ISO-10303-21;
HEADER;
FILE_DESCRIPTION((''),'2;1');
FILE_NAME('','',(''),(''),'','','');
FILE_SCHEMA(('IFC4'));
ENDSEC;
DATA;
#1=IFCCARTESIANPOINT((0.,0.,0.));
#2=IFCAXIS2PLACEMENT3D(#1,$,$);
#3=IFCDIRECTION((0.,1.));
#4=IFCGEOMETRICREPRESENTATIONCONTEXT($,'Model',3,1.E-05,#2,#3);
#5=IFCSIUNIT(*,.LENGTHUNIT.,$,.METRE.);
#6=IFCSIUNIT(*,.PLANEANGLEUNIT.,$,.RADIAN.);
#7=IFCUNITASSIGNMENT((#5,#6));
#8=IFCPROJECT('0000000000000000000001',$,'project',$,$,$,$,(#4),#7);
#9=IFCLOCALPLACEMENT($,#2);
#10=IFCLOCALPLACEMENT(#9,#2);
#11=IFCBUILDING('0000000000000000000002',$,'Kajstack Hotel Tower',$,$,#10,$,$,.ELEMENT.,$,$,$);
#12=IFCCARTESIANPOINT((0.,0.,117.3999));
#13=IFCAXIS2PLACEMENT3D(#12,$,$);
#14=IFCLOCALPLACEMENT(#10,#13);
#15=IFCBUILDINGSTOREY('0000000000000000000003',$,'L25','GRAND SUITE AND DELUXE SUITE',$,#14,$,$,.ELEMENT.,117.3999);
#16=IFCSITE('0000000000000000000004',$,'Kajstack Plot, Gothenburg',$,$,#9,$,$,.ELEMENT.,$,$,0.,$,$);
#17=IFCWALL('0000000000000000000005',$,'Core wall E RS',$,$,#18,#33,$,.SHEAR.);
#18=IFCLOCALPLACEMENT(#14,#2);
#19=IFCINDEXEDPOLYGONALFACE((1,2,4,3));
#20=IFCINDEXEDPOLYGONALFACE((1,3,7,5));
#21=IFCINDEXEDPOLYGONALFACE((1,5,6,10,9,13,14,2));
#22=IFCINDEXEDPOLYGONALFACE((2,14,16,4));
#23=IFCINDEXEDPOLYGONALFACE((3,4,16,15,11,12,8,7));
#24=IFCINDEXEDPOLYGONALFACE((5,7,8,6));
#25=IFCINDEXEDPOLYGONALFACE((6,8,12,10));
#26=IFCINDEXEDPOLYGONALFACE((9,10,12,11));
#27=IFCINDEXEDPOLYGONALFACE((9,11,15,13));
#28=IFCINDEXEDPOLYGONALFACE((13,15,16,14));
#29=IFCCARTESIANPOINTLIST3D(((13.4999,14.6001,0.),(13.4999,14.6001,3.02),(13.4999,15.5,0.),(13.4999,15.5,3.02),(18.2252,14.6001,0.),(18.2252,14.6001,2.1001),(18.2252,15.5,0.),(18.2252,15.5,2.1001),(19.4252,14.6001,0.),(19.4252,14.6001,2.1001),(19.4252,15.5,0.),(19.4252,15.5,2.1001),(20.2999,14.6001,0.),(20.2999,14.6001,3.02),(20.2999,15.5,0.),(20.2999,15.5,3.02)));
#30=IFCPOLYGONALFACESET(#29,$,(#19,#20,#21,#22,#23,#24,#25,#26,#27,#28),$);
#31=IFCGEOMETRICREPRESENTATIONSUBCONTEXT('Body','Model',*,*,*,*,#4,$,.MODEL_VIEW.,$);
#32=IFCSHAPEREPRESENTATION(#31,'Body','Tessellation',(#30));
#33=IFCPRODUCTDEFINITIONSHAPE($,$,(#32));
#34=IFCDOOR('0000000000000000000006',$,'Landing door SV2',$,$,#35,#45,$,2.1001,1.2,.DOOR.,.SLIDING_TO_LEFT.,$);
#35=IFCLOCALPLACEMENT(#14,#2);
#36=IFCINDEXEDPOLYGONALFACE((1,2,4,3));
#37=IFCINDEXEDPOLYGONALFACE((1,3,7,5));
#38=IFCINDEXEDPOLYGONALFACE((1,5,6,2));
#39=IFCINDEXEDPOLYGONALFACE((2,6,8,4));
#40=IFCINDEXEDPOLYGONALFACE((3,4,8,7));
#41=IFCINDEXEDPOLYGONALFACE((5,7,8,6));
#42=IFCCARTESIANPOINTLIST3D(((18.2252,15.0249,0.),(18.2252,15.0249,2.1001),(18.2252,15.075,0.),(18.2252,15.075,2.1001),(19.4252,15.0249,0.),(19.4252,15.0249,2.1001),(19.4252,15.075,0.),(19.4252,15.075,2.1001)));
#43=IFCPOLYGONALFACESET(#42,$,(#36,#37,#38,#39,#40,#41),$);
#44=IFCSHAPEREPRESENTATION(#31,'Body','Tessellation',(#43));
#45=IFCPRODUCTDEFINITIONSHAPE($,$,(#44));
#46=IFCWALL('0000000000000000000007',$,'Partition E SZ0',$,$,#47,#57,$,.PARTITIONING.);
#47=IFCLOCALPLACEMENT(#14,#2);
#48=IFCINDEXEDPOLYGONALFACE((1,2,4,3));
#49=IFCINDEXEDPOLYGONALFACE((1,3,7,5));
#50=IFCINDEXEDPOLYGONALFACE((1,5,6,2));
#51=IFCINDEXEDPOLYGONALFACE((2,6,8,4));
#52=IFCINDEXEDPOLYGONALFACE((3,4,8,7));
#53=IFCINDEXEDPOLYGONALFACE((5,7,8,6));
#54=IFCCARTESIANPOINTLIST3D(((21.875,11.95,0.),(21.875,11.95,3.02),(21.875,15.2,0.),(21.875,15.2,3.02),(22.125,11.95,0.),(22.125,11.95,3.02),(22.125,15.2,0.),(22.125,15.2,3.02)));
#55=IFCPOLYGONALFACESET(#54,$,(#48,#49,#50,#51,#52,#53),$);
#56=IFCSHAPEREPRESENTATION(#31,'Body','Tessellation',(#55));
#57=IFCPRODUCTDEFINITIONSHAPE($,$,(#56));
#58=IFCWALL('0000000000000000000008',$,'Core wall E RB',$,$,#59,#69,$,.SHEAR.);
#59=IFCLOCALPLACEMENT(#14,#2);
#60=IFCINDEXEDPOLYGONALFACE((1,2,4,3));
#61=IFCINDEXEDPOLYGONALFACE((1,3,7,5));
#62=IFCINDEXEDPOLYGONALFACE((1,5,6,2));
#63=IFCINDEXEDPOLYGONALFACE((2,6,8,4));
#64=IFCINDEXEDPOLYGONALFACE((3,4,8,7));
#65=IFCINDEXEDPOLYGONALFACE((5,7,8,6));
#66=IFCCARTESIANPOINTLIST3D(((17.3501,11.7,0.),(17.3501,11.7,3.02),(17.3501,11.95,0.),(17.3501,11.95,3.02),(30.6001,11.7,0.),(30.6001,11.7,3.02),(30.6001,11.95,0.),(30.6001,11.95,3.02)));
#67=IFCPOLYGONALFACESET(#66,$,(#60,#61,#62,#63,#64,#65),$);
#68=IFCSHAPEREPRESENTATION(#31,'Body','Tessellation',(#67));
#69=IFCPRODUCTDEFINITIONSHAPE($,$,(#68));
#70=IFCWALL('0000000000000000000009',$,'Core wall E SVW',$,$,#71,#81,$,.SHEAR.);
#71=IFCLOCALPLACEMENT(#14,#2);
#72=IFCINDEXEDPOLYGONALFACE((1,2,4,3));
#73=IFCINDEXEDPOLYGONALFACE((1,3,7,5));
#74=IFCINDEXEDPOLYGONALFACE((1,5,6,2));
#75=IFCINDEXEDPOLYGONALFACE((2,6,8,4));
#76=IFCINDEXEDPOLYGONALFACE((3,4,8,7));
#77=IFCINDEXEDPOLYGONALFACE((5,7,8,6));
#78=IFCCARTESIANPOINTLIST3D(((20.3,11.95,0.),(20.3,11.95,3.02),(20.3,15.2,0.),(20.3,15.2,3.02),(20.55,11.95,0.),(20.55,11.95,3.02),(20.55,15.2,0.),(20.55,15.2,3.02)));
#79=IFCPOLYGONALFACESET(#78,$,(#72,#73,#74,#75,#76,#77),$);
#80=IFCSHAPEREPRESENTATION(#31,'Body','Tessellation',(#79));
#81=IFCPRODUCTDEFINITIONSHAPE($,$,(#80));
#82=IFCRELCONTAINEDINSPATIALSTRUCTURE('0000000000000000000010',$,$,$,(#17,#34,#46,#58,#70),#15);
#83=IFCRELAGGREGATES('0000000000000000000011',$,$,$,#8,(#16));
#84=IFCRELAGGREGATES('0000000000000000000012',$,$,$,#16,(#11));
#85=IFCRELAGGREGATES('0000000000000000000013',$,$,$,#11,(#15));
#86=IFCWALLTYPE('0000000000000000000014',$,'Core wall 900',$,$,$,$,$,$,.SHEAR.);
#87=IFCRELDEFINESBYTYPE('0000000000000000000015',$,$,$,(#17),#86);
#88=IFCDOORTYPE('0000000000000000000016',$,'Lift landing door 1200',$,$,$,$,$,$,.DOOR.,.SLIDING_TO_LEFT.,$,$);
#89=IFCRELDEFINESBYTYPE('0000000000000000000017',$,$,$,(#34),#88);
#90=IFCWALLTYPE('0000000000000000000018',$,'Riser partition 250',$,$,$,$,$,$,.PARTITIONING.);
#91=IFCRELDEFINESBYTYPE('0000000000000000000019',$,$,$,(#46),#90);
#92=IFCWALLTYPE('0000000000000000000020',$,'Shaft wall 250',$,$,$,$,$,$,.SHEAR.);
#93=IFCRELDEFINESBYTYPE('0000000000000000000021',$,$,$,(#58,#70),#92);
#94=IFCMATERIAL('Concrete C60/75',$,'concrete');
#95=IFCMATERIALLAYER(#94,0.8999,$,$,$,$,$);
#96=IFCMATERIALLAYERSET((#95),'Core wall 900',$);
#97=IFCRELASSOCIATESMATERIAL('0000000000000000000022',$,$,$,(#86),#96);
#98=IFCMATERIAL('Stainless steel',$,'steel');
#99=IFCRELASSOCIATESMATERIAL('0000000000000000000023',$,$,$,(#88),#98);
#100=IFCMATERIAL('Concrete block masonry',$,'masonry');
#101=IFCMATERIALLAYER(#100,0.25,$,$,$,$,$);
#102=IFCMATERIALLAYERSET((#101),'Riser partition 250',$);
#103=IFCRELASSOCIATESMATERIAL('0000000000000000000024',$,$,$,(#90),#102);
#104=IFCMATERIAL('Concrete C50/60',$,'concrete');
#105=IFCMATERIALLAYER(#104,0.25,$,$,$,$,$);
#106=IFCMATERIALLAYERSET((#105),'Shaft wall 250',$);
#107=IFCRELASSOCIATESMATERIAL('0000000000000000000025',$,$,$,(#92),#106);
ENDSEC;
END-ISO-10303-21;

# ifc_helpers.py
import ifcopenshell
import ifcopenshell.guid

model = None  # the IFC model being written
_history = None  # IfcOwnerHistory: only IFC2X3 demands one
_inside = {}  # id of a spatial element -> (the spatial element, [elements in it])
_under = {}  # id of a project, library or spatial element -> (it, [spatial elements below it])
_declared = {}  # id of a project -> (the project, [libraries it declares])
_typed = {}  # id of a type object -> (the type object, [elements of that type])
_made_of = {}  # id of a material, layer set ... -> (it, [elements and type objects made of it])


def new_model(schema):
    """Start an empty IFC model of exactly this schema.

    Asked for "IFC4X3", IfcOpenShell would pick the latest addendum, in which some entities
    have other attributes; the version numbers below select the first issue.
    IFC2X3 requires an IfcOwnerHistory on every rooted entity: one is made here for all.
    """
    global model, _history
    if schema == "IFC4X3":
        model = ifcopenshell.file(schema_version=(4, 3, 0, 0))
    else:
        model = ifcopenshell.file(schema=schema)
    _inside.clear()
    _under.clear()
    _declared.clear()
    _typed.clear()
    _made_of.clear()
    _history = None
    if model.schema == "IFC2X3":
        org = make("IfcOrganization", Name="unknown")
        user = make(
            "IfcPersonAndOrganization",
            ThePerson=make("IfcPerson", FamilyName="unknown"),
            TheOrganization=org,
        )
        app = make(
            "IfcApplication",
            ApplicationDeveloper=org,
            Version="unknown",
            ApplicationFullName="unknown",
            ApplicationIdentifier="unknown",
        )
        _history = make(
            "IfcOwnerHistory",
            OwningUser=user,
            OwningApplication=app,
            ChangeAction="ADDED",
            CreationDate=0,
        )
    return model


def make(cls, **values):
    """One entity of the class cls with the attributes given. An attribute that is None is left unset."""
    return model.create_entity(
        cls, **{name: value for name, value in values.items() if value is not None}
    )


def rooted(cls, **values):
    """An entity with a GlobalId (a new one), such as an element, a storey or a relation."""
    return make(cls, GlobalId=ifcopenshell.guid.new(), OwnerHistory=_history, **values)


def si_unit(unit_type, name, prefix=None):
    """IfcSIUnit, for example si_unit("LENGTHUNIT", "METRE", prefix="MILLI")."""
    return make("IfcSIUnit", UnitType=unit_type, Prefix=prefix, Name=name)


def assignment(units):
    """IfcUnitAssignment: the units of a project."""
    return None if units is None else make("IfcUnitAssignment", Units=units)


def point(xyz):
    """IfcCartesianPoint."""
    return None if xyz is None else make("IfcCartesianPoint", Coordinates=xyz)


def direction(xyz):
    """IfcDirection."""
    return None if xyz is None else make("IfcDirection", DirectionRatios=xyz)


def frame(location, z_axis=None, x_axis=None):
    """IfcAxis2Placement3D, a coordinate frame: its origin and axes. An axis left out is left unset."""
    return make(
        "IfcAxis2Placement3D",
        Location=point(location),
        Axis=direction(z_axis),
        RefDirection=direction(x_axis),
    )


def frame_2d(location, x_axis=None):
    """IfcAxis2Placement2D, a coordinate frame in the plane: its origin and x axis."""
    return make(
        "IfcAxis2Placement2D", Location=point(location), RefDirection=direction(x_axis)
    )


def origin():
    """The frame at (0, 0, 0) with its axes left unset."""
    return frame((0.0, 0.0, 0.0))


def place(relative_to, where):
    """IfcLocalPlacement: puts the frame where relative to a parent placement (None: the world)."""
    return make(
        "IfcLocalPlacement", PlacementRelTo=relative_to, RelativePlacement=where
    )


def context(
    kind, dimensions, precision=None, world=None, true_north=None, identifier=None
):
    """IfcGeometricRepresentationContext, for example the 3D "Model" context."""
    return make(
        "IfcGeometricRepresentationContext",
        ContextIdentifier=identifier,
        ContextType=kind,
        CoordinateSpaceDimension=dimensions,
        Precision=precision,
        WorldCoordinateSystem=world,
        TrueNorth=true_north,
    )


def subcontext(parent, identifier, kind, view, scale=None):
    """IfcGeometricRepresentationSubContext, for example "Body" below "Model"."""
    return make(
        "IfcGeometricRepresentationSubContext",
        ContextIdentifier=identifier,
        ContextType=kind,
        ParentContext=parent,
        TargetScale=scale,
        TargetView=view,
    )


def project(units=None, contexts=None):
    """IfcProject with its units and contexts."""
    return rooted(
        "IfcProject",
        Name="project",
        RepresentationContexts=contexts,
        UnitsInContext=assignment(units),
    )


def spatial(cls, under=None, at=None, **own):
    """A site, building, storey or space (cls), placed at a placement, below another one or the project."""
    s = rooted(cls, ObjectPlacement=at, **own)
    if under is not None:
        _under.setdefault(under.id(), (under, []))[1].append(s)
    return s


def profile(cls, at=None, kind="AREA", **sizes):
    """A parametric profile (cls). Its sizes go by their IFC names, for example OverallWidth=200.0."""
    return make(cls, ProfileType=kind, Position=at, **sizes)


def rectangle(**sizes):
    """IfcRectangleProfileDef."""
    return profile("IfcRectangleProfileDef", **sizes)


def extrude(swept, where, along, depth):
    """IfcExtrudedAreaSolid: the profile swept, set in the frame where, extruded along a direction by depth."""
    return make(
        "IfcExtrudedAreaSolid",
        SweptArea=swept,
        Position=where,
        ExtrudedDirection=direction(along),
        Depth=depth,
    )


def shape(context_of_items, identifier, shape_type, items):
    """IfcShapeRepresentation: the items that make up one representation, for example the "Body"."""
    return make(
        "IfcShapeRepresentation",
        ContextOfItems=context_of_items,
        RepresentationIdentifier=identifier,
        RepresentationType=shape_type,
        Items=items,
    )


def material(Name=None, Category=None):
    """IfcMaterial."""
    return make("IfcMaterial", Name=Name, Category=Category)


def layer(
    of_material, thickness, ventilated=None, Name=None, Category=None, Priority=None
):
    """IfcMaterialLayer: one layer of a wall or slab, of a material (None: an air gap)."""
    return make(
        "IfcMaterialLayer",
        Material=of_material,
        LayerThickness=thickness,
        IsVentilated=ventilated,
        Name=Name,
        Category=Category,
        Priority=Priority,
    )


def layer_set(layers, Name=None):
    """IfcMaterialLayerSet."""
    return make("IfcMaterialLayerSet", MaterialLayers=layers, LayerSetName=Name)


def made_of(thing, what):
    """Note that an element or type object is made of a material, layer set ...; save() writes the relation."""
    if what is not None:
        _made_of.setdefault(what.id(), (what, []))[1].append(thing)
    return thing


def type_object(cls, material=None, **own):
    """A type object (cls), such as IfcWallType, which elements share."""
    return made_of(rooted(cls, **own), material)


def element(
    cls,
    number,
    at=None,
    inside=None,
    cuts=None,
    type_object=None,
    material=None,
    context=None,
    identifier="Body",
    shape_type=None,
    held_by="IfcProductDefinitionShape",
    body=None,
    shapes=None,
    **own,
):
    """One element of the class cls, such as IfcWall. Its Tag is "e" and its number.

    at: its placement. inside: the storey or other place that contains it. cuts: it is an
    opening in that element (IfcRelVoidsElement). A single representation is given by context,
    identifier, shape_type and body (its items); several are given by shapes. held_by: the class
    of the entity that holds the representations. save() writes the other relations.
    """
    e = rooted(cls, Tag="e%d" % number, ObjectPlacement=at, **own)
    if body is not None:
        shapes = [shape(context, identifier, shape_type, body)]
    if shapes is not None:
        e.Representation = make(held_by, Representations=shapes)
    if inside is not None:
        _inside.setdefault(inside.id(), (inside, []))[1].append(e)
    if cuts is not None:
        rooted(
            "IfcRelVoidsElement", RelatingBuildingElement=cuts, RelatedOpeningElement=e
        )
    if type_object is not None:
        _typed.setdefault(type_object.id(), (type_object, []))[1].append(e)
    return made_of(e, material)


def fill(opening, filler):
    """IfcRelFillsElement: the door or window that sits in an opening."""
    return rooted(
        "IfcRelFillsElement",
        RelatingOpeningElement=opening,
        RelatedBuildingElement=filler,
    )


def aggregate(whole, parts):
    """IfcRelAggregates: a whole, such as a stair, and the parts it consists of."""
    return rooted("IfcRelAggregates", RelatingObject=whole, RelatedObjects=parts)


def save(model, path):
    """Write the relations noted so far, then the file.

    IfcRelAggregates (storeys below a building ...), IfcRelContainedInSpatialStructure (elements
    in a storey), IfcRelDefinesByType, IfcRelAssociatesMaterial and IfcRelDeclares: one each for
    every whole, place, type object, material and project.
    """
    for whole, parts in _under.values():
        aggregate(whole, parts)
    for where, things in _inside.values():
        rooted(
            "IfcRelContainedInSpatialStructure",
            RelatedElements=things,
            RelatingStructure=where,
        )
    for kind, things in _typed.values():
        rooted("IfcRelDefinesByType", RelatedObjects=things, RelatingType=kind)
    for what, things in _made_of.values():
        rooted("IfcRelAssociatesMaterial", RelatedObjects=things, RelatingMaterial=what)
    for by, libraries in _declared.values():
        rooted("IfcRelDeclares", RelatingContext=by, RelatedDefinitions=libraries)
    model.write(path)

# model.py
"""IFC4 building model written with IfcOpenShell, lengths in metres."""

from ifc_helpers import new_model, si_unit, direction, frame, frame_2d, origin, place, context, subcontext, project, spatial, rectangle, extrude, material, layer, layer_set, type_object, element, fill, save


model = new_model("IFC4")

# Units and contexts
model_context = context("Model", 3, precision=1e-05, world=origin(), true_north=direction((0.0, 1.0)))
body_context = subcontext(model_context, "Body", "Model", "MODEL_VIEW")
ifc_project = project(units=[si_unit("LENGTHUNIT", "METRE"), si_unit("PLANEANGLEUNIT", "RADIAN")], contexts=[model_context])

# Site, building, storey
site_placement = place(None, origin())
site = spatial("IfcSite", under=ifc_project, at=site_placement, Name="Kajstack Plot, Gothenburg", CompositionType="ELEMENT", RefElevation=0.0)
building_placement = place(site_placement, origin())
building = spatial("IfcBuilding", under=site, at=building_placement, Name="Kajstack Hotel Tower", CompositionType="ELEMENT")
storey_placement = place(building_placement, frame((0.0, 0.0, 117.3999)))
storey = spatial("IfcBuildingStorey", under=building, at=storey_placement, Name="L25", Description="GRAND SUITE AND DELUXE SUITE", CompositionType="ELEMENT", Elevation=117.3999)

# Wall, opening, door
ifc_material_1 = material(Name="Concrete C60/75", Category="concrete")
ifc_layer_1 = layer(ifc_material_1, 0.8999)
ifc_layer_set_1 = layer_set([ifc_layer_1], Name="Core wall 900")
wall_type_1 = type_object("IfcWallType", Name="Core wall 900", PredefinedType="SHEAR", material=ifc_layer_set_1)
wall_1_placement = place(storey_placement, frame((13.5, 15.05, 0.0), z_axis=(0.0, 0.0, 1.0), x_axis=(1.0, 0.0, 0.0)))
wall_1 = element("IfcWall", 1, at=wall_1_placement, inside=storey, type_object=wall_type_1, Name="Core wall E RS", PredefinedType="SHEAR", context=body_context, shape_type="SweptSolid", body=[
    extrude(rectangle(XDim=6.8, YDim=0.8999, at=frame_2d((3.3999, 0.0))), origin(), (0.0, 0.0, 1.0), 3.02),
])
opening_placement = place(wall_1_placement, frame((4.7251, 0.0, 0.0)))
opening = element("IfcOpeningElement", 2, at=opening_placement, cuts=wall_1, PredefinedType="OPENING", context=body_context, shape_type="SweptSolid", body=[
    extrude(rectangle(XDim=1.2, YDim=2.1001, at=frame_2d((0.6001, 1.05))), frame((0.0, 0.46, 0.0), z_axis=(0.0, -1.0, 0.0), x_axis=(1.0, 0.0, 0.0)), (0.0, 0.0, 1.0), 0.9199),
])
ifc_material_2 = material(Name="Stainless steel", Category="steel")
door_type = type_object("IfcDoorType", Name="Lift landing door 1200", OperationType="SLIDING_TO_LEFT", PredefinedType="DOOR", material=ifc_material_2)
door_placement = place(opening_placement, origin())
door = element("IfcDoor", 3, at=door_placement, inside=storey, type_object=door_type, Name="Landing door SV2", OperationType="SLIDING_TO_LEFT", OverallHeight=2.1001, OverallWidth=1.2, PredefinedType="DOOR", context=body_context, shape_type="SweptSolid", body=[
    extrude(rectangle(XDim=1.2, YDim=2.1001, at=frame_2d((0.6001, 1.05))), frame((0.0, 0.0249, 0.0), z_axis=(0.0, -1.0, 0.0), x_axis=(1.0, 0.0, 0.0)), (0.0, 0.0, 1.0), 0.05),
])
fill(opening, door)

# Walls
ifc_material_3 = material(Name="Concrete block masonry", Category="masonry")
ifc_layer_2 = layer(ifc_material_3, 0.25)
ifc_layer_set_2 = layer_set([ifc_layer_2], Name="Riser partition 250")
wall_type_2 = type_object("IfcWallType", Name="Riser partition 250", PredefinedType="PARTITIONING", material=ifc_layer_set_2)
wall_2_placement = place(storey_placement, frame((22.0, 11.95, 0.0), z_axis=(0.0, 0.0, 1.0), x_axis=(0.0, 1.0, 0.0)))
element("IfcWall", 4, at=wall_2_placement, inside=storey, type_object=wall_type_2, Name="Partition E SZ0", PredefinedType="PARTITIONING", context=body_context, shape_type="SweptSolid", body=[
    extrude(rectangle(XDim=3.25, YDim=0.25, at=frame_2d((1.625, 0.0))), origin(), (0.0, 0.0, 1.0), 3.02),
])
ifc_material_4 = material(Name="Concrete C50/60", Category="concrete")
ifc_layer_3 = layer(ifc_material_4, 0.25)
ifc_layer_set_3 = layer_set([ifc_layer_3], Name="Shaft wall 250")
wall_type_3 = type_object("IfcWallType", Name="Shaft wall 250", PredefinedType="SHEAR", material=ifc_layer_set_3)
wall_3_placement = place(storey_placement, frame((17.3501, 11.825, 0.0), z_axis=(0.0, 0.0, 1.0), x_axis=(1.0, 0.0, 0.0)))
element("IfcWall", 5, at=wall_3_placement, inside=storey, type_object=wall_type_3, Name="Core wall E RB", PredefinedType="SHEAR", context=body_context, shape_type="SweptSolid", body=[
    extrude(rectangle(XDim=13.25, YDim=0.25, at=frame_2d((6.625, 0.0))), origin(), (0.0, 0.0, 1.0), 3.02),
])
wall_4_placement = place(storey_placement, frame((20.425, 11.95, 0.0), z_axis=(0.0, 0.0, 1.0), x_axis=(0.0, 1.0, 0.0)))
element("IfcWall", 6, at=wall_4_placement, inside=storey, type_object=wall_type_3, Name="Core wall E SVW", PredefinedType="SHEAR", context=body_context, shape_type="SweptSolid", body=[
    extrude(rectangle(XDim=3.25, YDim=0.25, at=frame_2d((1.625, 0.0))), origin(), (0.0, 0.0, 1.0), 3.02),
])

save(model, "model.ifc")
